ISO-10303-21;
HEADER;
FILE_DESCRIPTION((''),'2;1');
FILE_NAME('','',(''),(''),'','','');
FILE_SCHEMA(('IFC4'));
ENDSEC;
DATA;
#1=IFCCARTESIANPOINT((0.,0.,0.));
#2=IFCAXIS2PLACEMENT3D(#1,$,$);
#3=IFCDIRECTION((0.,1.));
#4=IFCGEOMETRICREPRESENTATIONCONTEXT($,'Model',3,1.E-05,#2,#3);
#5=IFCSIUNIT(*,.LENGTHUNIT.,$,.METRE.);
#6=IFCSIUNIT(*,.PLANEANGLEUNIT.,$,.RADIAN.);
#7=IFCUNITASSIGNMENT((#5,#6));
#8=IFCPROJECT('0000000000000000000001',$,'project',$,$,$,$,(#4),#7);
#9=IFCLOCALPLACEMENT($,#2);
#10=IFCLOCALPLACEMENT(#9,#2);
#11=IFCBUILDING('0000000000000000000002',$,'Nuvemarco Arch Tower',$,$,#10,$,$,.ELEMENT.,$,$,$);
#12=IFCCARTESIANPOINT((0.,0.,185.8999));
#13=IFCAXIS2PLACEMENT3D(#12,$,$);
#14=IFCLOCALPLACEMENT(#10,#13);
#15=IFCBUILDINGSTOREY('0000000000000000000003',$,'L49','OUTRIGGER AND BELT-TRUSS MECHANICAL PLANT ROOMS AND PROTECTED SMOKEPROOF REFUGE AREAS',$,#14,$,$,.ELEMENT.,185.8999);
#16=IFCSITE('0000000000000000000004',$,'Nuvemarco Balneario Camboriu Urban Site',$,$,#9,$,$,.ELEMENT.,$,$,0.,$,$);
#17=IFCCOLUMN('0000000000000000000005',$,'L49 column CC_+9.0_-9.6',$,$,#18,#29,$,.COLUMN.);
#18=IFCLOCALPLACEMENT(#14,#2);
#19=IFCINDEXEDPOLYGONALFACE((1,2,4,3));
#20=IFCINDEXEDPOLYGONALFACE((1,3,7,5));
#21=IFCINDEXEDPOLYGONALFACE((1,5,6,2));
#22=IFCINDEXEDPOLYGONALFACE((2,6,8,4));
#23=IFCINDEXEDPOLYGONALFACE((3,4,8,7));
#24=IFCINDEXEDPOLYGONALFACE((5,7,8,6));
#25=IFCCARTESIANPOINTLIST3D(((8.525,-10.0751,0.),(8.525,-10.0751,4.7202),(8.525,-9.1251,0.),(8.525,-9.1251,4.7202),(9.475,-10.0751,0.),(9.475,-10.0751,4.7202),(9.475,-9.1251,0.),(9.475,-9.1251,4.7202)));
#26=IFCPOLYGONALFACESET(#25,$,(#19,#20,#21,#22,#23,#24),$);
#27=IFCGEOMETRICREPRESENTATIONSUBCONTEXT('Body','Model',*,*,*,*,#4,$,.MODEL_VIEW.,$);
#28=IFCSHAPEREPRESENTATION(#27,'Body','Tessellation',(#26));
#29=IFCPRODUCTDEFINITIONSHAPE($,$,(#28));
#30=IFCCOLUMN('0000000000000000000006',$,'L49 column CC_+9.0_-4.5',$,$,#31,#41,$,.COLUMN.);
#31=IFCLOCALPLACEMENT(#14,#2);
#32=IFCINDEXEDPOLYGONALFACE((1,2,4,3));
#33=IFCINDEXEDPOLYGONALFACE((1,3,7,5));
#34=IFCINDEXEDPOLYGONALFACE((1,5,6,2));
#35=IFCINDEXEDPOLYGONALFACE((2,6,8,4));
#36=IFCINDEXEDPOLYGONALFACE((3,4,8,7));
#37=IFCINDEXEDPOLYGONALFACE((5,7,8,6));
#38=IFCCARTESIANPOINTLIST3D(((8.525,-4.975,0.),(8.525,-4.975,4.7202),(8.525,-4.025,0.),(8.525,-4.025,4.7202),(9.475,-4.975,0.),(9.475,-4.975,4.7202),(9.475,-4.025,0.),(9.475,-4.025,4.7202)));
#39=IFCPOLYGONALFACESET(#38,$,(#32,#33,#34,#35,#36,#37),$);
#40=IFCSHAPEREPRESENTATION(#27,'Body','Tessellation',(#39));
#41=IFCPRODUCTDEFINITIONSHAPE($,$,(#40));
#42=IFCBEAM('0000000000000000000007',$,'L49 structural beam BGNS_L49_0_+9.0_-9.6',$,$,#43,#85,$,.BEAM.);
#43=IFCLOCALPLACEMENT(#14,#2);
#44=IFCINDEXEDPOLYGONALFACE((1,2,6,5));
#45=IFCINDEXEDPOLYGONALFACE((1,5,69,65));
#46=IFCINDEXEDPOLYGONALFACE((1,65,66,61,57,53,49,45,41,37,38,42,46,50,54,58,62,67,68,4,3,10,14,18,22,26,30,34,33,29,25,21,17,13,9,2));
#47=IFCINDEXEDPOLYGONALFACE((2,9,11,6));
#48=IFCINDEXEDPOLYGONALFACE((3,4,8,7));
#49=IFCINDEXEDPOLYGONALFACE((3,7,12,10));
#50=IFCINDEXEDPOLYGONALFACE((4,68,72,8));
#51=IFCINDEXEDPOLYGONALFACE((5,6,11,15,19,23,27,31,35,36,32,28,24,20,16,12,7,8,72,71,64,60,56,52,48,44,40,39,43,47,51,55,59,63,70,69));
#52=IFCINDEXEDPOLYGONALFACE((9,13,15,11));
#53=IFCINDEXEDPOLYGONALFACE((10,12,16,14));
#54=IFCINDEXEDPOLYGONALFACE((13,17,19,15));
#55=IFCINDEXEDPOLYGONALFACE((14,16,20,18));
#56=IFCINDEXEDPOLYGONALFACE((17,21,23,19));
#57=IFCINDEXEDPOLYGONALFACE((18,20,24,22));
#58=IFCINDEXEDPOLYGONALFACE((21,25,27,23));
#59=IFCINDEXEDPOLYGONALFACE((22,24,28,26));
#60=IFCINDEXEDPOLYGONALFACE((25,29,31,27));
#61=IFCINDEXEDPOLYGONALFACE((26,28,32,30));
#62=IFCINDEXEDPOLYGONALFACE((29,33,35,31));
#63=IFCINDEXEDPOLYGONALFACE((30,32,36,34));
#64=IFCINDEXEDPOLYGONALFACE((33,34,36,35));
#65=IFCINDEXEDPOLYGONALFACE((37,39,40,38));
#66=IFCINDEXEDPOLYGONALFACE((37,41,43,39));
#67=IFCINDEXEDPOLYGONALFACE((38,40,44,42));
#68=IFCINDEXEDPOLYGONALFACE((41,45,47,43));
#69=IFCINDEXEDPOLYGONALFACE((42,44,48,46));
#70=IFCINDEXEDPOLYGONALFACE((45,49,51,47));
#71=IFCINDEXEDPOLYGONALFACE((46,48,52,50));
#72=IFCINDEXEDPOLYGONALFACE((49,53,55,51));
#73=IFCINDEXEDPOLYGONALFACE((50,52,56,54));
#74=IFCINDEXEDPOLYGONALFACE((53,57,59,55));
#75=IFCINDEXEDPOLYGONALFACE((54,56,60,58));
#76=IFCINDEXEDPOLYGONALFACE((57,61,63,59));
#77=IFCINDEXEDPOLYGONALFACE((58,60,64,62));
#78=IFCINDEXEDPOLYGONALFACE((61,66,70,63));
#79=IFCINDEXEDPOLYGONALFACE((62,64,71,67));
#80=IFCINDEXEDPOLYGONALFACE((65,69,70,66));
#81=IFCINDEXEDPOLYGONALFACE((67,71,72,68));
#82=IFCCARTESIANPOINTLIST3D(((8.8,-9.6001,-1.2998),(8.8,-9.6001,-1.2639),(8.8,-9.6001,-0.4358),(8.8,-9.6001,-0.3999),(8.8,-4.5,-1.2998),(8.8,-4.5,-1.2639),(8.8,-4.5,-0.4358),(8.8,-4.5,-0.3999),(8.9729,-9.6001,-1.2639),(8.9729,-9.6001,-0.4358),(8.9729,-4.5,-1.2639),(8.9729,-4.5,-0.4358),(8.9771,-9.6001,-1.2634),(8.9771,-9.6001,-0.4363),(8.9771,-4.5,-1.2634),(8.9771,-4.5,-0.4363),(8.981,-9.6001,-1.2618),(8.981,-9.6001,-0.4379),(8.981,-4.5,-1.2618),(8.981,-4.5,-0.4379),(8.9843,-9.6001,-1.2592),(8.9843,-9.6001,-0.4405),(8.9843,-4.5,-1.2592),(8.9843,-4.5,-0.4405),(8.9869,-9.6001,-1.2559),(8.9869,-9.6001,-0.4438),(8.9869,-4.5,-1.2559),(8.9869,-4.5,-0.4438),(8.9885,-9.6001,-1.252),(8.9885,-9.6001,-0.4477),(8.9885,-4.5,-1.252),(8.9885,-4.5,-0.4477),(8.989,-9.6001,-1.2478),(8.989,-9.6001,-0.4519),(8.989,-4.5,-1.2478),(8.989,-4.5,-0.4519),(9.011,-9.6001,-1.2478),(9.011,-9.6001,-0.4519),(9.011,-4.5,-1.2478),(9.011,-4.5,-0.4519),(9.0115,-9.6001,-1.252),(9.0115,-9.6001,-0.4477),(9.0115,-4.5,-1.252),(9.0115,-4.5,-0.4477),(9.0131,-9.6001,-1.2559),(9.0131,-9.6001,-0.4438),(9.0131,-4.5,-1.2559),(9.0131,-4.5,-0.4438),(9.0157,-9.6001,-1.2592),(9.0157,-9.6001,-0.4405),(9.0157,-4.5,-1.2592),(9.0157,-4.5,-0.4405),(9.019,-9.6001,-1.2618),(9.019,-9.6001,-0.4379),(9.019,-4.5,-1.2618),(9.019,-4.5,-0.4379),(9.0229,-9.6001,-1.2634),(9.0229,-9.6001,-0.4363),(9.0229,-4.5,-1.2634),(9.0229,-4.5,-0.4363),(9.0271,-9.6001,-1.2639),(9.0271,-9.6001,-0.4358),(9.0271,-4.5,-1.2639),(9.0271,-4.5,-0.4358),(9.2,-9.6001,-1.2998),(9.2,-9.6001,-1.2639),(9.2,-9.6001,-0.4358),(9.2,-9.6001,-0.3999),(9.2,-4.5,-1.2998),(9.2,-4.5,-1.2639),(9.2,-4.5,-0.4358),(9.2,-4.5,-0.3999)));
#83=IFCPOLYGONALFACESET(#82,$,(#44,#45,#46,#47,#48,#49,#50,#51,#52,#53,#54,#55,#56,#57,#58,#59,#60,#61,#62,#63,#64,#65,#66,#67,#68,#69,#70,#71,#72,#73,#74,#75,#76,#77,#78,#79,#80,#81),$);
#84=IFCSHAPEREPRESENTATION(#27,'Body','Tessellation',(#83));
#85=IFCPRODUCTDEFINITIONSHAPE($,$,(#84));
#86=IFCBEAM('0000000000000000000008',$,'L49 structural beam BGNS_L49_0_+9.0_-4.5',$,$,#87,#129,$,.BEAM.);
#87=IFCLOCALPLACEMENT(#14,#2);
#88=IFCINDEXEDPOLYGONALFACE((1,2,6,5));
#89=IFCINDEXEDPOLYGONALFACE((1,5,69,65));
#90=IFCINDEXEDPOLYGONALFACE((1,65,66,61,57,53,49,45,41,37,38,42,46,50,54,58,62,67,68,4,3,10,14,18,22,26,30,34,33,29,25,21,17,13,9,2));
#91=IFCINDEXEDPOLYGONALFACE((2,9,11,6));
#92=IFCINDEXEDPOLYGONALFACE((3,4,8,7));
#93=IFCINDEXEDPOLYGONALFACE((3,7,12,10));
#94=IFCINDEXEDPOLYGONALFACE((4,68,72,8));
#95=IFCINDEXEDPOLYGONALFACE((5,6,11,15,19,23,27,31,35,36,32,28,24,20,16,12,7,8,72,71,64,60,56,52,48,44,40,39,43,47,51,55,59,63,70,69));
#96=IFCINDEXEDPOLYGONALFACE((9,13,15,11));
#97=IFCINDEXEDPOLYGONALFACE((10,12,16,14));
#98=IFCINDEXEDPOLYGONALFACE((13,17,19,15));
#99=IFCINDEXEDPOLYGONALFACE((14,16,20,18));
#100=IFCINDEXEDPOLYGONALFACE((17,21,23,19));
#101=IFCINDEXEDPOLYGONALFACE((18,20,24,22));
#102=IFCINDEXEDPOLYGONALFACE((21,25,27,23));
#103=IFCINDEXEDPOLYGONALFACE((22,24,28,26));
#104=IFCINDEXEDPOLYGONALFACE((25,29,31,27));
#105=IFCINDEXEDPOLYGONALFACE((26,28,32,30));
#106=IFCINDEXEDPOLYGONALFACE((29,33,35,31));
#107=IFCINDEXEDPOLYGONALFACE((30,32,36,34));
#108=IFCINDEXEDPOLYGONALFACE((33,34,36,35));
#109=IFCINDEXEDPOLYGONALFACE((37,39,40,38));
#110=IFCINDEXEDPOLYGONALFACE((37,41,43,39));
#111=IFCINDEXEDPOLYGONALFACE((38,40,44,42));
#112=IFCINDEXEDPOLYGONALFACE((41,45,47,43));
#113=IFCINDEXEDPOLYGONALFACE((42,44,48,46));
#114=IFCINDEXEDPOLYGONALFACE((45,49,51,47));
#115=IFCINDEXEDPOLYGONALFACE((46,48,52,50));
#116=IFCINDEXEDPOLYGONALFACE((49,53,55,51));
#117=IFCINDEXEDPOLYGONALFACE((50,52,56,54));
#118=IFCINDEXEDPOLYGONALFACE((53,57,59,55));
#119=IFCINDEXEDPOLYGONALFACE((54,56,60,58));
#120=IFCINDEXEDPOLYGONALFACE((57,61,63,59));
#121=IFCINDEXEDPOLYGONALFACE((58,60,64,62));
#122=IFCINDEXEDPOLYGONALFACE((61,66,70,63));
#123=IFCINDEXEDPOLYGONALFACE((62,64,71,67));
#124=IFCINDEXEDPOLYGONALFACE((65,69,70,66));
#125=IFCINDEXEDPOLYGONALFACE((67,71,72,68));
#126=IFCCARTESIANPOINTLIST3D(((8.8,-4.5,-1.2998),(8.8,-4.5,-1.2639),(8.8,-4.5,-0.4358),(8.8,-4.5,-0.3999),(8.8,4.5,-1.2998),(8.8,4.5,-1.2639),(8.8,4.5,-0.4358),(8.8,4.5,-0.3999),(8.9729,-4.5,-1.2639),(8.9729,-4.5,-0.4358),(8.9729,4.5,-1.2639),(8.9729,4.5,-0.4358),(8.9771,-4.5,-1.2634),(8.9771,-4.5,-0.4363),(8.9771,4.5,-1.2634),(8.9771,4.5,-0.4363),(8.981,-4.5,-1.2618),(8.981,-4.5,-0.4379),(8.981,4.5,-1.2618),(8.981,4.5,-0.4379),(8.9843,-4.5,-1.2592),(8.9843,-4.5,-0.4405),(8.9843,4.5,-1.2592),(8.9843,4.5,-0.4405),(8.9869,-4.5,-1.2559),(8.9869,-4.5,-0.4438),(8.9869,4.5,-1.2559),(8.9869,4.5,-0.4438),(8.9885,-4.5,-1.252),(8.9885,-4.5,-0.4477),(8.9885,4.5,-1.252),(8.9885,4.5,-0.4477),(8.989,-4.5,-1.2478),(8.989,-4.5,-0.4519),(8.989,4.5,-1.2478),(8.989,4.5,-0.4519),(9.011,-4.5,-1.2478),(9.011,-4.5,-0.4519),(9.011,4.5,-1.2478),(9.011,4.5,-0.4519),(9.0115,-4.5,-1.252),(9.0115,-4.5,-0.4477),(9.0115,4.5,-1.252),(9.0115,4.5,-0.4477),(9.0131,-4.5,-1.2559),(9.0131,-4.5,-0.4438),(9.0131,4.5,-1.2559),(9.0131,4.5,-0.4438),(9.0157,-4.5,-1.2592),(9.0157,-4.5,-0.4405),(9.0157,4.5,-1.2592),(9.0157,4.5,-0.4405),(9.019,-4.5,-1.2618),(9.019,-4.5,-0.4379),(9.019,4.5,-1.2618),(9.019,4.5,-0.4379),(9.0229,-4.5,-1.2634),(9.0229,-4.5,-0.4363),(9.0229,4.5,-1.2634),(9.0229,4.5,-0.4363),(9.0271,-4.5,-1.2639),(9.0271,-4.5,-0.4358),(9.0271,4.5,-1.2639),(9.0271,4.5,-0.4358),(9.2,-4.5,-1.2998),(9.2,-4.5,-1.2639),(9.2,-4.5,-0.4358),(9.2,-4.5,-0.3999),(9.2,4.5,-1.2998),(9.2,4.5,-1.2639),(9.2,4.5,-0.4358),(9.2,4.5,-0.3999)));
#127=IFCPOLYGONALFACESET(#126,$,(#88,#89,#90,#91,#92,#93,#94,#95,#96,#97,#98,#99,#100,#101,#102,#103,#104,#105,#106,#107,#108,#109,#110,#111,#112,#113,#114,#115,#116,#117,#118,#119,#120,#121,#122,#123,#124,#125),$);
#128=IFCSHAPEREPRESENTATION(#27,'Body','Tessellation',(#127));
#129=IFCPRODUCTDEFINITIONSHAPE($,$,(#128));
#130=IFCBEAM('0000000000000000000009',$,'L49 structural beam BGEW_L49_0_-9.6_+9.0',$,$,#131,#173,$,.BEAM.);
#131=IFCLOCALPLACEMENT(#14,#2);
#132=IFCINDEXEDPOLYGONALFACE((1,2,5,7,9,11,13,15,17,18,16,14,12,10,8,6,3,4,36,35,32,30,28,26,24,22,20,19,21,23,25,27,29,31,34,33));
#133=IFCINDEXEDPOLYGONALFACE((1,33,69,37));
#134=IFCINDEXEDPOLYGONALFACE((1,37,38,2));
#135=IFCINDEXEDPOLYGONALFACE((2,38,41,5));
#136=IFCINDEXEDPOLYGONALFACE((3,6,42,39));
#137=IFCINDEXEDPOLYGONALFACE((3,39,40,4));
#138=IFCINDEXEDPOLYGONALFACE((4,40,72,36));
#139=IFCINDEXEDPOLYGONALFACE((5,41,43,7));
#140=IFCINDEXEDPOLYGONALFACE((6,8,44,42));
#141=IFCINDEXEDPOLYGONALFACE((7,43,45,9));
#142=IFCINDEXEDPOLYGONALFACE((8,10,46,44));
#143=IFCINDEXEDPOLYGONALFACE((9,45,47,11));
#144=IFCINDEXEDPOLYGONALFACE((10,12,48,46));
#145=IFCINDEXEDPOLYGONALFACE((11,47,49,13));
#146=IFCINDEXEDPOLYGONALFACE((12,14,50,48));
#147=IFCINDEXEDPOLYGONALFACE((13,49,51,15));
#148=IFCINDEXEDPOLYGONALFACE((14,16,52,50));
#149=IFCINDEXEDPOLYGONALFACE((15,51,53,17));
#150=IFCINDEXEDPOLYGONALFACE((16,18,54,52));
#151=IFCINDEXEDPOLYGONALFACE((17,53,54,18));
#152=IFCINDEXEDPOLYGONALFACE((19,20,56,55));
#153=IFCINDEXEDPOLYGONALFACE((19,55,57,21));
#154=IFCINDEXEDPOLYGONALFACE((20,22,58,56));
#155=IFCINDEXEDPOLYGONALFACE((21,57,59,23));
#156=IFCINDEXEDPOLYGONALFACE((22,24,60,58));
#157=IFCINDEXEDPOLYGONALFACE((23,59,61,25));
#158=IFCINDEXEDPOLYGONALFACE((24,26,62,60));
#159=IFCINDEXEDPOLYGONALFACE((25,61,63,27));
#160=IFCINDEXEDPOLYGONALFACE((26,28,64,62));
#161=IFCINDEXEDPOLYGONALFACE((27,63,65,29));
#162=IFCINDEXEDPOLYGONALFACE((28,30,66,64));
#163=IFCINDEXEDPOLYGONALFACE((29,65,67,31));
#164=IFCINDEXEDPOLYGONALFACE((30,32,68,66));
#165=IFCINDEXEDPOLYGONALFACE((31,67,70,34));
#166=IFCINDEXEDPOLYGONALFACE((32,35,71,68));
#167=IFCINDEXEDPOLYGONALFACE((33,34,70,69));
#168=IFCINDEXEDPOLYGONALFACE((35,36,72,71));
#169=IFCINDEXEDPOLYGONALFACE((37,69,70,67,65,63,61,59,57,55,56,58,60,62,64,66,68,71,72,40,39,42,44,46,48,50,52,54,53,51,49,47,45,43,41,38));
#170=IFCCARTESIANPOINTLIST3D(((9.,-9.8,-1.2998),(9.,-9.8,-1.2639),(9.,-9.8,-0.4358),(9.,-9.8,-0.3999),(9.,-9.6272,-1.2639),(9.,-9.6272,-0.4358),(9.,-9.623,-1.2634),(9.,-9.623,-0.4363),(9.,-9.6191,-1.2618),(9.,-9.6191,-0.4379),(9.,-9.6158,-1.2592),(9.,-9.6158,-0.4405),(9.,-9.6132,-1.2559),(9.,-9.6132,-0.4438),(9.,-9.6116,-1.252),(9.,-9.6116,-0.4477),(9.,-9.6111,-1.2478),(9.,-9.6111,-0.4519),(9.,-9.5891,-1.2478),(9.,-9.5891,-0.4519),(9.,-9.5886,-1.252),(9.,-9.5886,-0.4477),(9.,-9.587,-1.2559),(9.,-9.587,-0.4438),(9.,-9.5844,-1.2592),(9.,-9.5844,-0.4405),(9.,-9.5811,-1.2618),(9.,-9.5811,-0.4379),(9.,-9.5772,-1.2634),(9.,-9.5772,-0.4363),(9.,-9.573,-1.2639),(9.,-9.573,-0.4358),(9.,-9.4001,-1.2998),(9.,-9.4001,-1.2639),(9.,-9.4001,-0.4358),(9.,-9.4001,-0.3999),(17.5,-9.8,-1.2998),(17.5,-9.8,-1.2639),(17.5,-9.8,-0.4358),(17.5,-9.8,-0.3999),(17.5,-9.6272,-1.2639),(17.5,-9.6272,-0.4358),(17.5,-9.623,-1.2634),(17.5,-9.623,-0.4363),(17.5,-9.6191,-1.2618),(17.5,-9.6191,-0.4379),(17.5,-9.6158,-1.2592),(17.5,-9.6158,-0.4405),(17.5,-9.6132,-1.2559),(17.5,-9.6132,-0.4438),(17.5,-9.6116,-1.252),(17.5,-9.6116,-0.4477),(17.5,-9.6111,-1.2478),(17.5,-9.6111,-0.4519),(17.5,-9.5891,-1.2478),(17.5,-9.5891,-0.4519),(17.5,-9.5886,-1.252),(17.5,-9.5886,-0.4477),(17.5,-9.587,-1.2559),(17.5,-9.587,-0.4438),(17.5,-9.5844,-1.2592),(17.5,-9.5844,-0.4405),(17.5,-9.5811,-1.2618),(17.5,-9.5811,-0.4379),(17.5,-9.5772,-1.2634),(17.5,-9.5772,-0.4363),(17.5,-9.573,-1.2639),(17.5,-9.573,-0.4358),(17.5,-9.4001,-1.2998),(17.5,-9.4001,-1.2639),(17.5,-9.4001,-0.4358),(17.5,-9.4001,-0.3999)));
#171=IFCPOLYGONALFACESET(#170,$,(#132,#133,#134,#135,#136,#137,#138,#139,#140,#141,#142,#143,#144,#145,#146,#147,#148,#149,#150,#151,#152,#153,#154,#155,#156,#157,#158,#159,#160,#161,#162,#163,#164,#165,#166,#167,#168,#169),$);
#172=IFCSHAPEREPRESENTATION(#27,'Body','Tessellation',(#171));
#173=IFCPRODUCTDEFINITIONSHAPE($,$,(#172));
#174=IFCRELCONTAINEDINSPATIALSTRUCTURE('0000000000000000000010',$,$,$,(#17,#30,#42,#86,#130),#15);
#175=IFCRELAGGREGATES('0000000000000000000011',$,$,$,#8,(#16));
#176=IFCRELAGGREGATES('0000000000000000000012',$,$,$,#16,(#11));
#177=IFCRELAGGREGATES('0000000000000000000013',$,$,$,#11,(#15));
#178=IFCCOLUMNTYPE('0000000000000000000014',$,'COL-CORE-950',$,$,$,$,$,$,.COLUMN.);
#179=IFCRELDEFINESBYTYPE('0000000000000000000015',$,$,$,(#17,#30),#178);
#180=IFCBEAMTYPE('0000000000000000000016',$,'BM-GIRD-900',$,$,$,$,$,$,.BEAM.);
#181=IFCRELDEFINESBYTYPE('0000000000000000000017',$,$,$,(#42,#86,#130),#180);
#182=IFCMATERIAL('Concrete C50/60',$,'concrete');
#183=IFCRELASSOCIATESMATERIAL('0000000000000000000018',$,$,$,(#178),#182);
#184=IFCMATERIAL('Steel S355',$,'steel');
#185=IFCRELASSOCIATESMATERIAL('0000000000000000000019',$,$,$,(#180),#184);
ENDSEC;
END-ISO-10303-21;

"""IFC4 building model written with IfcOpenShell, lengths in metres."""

from ifc_helpers import new_model, si_unit, direction, frame, origin, origin_2d, place, context, subcontext, project, spatial, rectangle, i_section, extrude, material, material_profile, profile_set, type_object, element, save


model = new_model("IFC4")

# Units and contexts
model_context = context("Model", 3, precision=1e-05, world=origin(), true_north=direction((0.0, 1.0)))
body_context = subcontext(model_context, "Body", "Model", "MODEL_VIEW")
ifc_project = project(units=[si_unit("LENGTHUNIT", "METRE"), si_unit("PLANEANGLEUNIT", "RADIAN")], contexts=[model_context])

# Site, building, storey
site_placement = place(None, origin())
site = spatial("IfcSite", under=ifc_project, at=site_placement, Name="Nuvemarco Balneario Camboriu Urban Site", CompositionType="ELEMENT", RefElevation=0.0)
building_placement = place(site_placement, origin())
building = spatial("IfcBuilding", under=site, at=building_placement, Name="Nuvemarco Arch Tower", CompositionType="ELEMENT")
storey_placement = place(building_placement, frame((0.0, 0.0, 185.8999)))
storey = spatial("IfcBuildingStorey", under=building, at=storey_placement, Name="L49", Description="OUTRIGGER AND BELT-TRUSS MECHANICAL PLANT ROOMS AND PROTECTED SMOKEPROOF REFUGE AREAS", CompositionType="ELEMENT", Elevation=185.8999)

# Columns
ifc_material_1 = material(Name="Concrete C50/60", Category="concrete")
ifc_material_profile_1 = material_profile(ifc_material_1, rectangle(XDim=0.95, YDim=0.95, at=origin_2d()), Name="RC-COL-950x950")
ifc_profile_set_1 = profile_set([ifc_material_profile_1], Name="Concrete C50/60")
column_type = type_object("IfcColumnType", Name="COL-CORE-950", PredefinedType="COLUMN", material=ifc_profile_set_1)
for number, where, z_axis, x_axis, name in (
    (1, (9.0, -9.6001, 0.0), (0.0, 0.0, 1.0), (1.0, 0.0, 0.0), "L49 column CC_+9.0_-9.6"),
    (2, (9.0, -4.5, 0.0), (0.0, 0.0, 1.0), (1.0, 0.0, 0.0), "L49 column CC_+9.0_-4.5"),
):
    element("IfcColumn", number, at=place(storey_placement, frame(where, z_axis=z_axis, x_axis=x_axis)), inside=storey, type_object=column_type, Name=name, PredefinedType="COLUMN", context=body_context, shape_type="SweptSolid", body=[
        extrude(rectangle(XDim=0.95, YDim=0.95, at=origin_2d()), origin(), (0.0, 0.0, 1.0), 4.7202),
    ])

# Beams
ifc_material_2 = material(Name="Steel S355", Category="steel")
ifc_material_profile_2 = material_profile(ifc_material_2, i_section(OverallWidth=0.3999, OverallDepth=0.8999, WebThickness=0.022, FlangeThickness=0.0359, FilletRadius=0.0161, at=origin_2d()), Name="PG900x400")
ifc_profile_set_2 = profile_set([ifc_material_profile_2], Name="Steel S355")
beam_type = type_object("IfcBeamType", Name="BM-GIRD-900", PredefinedType="BEAM", material=ifc_profile_set_2)
beam_1_placement = place(storey_placement, frame((9.0, -9.6001, -0.8499), z_axis=(0.0, 1.0, 0.0), x_axis=(-1.0, 0.0, 0.0)))
element("IfcBeam", 3, at=beam_1_placement, inside=storey, type_object=beam_type, Name="L49 structural beam BGNS_L49_0_+9.0_-9.6", PredefinedType="BEAM", context=body_context, shape_type="SweptSolid", body=[
    extrude(i_section(OverallWidth=0.3999, OverallDepth=0.8999, WebThickness=0.022, FlangeThickness=0.0359, FilletRadius=0.0161, at=origin_2d()), origin(), (0.0, 0.0, 1.0), 5.1001),
])
beam_2_placement = place(storey_placement, frame((9.0, -4.5, -0.8499), z_axis=(0.0, 1.0, 0.0), x_axis=(-1.0, 0.0, 0.0)))
element("IfcBeam", 4, at=beam_2_placement, inside=storey, type_object=beam_type, Name="L49 structural beam BGNS_L49_0_+9.0_-4.5", PredefinedType="BEAM", context=body_context, shape_type="SweptSolid", body=[
    extrude(i_section(OverallWidth=0.3999, OverallDepth=0.8999, WebThickness=0.022, FlangeThickness=0.0359, FilletRadius=0.0161, at=origin_2d()), origin(), (0.0, 0.0, 1.0), 9.0),
])
beam_3_placement = place(storey_placement, frame((9.0, -9.6001, -0.8499), z_axis=(1.0, 0.0, 0.0), x_axis=(0.0, 1.0, 0.0)))
element("IfcBeam", 5, at=beam_3_placement, inside=storey, type_object=beam_type, Name="L49 structural beam BGEW_L49_0_-9.6_+9.0", PredefinedType="BEAM", context=body_context, shape_type="SweptSolid", body=[
    extrude(i_section(OverallWidth=0.3999, OverallDepth=0.8999, WebThickness=0.022, FlangeThickness=0.0359, FilletRadius=0.0161, at=origin_2d()), origin(), (0.0, 0.0, 1.0), 8.5),
])

save(model, "model.ifc")
